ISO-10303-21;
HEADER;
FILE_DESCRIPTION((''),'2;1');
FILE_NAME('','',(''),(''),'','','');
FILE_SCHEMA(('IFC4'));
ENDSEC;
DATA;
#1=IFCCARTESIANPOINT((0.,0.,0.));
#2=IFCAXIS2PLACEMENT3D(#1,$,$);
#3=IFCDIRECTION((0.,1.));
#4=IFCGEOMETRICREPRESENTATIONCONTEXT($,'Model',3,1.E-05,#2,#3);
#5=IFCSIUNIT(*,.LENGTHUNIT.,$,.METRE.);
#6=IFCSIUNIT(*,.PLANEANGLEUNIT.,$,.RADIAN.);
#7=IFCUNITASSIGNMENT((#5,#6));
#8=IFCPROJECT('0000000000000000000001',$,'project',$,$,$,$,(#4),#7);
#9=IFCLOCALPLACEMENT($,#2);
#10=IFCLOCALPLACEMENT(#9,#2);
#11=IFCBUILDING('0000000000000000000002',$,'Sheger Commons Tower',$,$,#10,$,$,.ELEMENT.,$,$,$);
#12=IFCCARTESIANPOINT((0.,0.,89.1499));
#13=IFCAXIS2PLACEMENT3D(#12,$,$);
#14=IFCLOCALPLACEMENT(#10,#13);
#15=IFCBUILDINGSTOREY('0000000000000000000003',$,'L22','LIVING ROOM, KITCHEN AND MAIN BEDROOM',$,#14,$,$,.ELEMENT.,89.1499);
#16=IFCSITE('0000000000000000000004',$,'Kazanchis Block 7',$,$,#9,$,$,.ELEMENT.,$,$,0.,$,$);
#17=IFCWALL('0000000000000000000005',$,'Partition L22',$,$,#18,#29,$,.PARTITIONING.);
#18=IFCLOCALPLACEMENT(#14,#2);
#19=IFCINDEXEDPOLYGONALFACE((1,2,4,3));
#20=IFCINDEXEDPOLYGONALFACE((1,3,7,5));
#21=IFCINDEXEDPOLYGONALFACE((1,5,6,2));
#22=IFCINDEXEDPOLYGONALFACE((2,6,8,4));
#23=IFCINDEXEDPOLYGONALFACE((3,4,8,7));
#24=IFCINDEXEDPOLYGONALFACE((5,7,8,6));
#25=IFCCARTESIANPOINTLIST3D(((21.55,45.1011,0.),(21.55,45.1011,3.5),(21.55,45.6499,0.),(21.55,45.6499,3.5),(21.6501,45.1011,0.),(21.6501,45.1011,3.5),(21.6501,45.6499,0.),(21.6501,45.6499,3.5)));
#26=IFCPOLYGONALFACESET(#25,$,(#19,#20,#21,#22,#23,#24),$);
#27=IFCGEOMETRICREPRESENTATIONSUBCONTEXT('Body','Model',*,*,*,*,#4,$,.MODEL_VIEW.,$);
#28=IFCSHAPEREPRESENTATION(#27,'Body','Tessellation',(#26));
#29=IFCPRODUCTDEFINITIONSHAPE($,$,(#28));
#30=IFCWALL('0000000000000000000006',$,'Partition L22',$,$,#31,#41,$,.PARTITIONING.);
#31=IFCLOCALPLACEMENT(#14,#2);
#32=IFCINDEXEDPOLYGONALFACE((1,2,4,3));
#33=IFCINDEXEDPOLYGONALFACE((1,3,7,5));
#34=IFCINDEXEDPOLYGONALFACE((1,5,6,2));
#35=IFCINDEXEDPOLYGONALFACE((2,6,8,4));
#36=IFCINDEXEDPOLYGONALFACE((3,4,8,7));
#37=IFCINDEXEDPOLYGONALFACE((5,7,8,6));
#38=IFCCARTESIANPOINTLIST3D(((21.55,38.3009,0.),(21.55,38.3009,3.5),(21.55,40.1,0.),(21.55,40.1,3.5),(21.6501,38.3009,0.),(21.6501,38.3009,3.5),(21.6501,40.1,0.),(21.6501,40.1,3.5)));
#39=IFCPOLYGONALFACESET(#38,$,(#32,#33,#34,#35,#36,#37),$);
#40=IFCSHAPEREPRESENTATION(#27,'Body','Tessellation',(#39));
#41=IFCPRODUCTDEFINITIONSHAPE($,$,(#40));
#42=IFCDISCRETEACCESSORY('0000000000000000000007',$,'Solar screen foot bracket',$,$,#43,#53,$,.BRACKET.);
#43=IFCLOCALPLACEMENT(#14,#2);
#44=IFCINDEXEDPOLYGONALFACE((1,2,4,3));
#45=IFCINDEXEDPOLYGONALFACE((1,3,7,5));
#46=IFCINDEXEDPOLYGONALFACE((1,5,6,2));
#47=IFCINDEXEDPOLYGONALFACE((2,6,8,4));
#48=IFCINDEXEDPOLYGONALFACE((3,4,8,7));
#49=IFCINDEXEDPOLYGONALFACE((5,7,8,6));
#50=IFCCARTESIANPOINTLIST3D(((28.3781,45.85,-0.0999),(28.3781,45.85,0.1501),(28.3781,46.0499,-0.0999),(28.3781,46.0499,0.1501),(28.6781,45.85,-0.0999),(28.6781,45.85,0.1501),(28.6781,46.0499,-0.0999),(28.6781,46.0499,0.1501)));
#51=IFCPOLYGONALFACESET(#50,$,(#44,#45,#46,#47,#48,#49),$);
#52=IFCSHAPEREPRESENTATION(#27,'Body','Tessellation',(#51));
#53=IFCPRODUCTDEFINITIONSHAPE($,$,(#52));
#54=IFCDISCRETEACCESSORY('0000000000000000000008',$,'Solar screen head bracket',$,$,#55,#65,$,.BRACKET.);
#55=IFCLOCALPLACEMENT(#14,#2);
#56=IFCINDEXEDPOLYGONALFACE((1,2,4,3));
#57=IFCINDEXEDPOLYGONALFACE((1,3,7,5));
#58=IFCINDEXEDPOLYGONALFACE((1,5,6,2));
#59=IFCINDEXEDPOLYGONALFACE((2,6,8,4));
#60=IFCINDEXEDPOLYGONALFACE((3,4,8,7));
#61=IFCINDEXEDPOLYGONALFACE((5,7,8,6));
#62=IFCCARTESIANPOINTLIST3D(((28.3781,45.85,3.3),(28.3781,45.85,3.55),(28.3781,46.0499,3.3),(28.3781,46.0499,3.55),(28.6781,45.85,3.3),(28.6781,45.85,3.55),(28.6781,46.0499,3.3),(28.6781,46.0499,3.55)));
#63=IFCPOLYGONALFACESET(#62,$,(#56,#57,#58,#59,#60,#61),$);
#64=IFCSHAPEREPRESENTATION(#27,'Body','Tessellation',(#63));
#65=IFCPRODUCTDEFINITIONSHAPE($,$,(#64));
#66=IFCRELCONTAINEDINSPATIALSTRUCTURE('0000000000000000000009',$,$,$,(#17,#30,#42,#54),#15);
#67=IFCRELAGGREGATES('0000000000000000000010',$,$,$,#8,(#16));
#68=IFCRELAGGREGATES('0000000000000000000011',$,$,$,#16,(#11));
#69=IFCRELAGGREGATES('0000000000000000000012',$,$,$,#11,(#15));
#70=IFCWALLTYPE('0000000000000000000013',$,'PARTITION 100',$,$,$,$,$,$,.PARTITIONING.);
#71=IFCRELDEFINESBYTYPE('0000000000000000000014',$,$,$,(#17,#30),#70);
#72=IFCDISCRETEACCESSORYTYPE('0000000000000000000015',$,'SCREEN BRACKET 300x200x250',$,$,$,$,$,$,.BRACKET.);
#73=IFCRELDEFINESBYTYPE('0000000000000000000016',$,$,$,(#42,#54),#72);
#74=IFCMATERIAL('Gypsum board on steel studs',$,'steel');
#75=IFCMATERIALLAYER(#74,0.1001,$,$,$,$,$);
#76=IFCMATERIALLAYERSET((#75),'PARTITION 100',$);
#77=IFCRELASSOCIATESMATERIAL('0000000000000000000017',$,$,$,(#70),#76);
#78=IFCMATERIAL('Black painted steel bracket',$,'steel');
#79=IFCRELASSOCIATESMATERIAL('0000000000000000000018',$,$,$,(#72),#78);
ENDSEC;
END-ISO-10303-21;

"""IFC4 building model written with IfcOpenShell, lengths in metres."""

from ifc_helpers import new_model, si_unit, direction, frame, frame_2d, origin, origin_2d, place, context, subcontext, project, spatial, rectangle, extrude, material, layer, layer_set, type_object, element, save


model = new_model("IFC4")

# Units and contexts
model_context = context("Model", 3, precision=1e-05, world=origin(), true_north=direction((0.0, 1.0)))
body_context = subcontext(model_context, "Body", "Model", "MODEL_VIEW")
ifc_project = project(units=[si_unit("LENGTHUNIT", "METRE"), si_unit("PLANEANGLEUNIT", "RADIAN")], contexts=[model_context])

# Site, building, storey
site_placement = place(None, origin())
site = spatial("IfcSite", under=ifc_project, at=site_placement, Name="Kazanchis Block 7", CompositionType="ELEMENT", RefElevation=0.0)
building_placement = place(site_placement, origin())
building = spatial("IfcBuilding", under=site, at=building_placement, Name="Sheger Commons Tower", CompositionType="ELEMENT")
storey_placement = place(building_placement, frame((0.0, 0.0, 89.1499)))
storey = spatial("IfcBuildingStorey", under=building, at=storey_placement, Name="L22", Description="LIVING ROOM, KITCHEN AND MAIN BEDROOM", CompositionType="ELEMENT", Elevation=89.1499)

# Shared definitions
ifc_material_1 = material(Name="Gypsum board on steel studs", Category="steel")
ifc_layer_1 = layer(ifc_material_1, 0.1001)
ifc_layer_set_1 = layer_set([ifc_layer_1], Name="PARTITION 100")
wall_type_1 = type_object("IfcWallType", Name="PARTITION 100", PredefinedType="PARTITIONING", material=ifc_layer_set_1)

# Walls
wall_1_placement = place(storey_placement, frame((21.6001, 45.1011, 0.0), z_axis=(0.0, 0.0, 1.0), x_axis=(0.0, 1.0, 0.0)))
element("IfcWall", 1, at=wall_1_placement, inside=storey, type_object=wall_type_1, Name="Partition L22", PredefinedType="PARTITIONING", context=body_context, shape_type="SweptSolid", body=[
    extrude(rectangle(XDim=0.5488, YDim=0.1001, at=frame_2d((0.2744, 0.0))), origin(), (0.0, 0.0, 1.0), 3.5),
])
wall_2_placement = place(storey_placement, frame((21.6001, 38.301, 0.0), z_axis=(0.0, 0.0, 1.0), x_axis=(0.0, 1.0, 0.0)))
element("IfcWall", 2, at=wall_2_placement, inside=storey, type_object=wall_type_1, Name="Partition L22", PredefinedType="PARTITIONING", context=body_context, shape_type="SweptSolid", body=[
    extrude(rectangle(XDim=1.7991, YDim=0.1001, at=frame_2d((0.8994, 0.0))), origin(), (0.0, 0.0, 1.0), 3.5),
])

# Discrete accessories
ifc_material_2 = material(Name="Black painted steel bracket", Category="steel")
discrete_accessory_type = type_object("IfcDiscreteAccessoryType", Name="SCREEN BRACKET 300x200x250", PredefinedType="BRACKET", material=ifc_material_2)
for number, where, z_axis, x_axis, name in (
    (3, (28.5281, 45.95, -0.0999), (0.0, 0.0, 1.0), (-1.0, 0.0, 0.0), "Solar screen foot bracket"),
    (4, (28.5281, 45.95, 3.3), (0.0, 0.0, 1.0), (-1.0, 0.0, 0.0), "Solar screen head bracket"),
):
    element("IfcDiscreteAccessory", number, at=place(storey_placement, frame(where, z_axis=z_axis, x_axis=x_axis)), inside=storey, type_object=discrete_accessory_type, Name=name, PredefinedType="BRACKET", context=body_context, shape_type="SweptSolid", body=[
        extrude(rectangle(XDim=0.3, YDim=0.2, at=origin_2d()), origin(), (0.0, 0.0, 1.0), 0.25),
    ])

save(model, "model.ifc")
